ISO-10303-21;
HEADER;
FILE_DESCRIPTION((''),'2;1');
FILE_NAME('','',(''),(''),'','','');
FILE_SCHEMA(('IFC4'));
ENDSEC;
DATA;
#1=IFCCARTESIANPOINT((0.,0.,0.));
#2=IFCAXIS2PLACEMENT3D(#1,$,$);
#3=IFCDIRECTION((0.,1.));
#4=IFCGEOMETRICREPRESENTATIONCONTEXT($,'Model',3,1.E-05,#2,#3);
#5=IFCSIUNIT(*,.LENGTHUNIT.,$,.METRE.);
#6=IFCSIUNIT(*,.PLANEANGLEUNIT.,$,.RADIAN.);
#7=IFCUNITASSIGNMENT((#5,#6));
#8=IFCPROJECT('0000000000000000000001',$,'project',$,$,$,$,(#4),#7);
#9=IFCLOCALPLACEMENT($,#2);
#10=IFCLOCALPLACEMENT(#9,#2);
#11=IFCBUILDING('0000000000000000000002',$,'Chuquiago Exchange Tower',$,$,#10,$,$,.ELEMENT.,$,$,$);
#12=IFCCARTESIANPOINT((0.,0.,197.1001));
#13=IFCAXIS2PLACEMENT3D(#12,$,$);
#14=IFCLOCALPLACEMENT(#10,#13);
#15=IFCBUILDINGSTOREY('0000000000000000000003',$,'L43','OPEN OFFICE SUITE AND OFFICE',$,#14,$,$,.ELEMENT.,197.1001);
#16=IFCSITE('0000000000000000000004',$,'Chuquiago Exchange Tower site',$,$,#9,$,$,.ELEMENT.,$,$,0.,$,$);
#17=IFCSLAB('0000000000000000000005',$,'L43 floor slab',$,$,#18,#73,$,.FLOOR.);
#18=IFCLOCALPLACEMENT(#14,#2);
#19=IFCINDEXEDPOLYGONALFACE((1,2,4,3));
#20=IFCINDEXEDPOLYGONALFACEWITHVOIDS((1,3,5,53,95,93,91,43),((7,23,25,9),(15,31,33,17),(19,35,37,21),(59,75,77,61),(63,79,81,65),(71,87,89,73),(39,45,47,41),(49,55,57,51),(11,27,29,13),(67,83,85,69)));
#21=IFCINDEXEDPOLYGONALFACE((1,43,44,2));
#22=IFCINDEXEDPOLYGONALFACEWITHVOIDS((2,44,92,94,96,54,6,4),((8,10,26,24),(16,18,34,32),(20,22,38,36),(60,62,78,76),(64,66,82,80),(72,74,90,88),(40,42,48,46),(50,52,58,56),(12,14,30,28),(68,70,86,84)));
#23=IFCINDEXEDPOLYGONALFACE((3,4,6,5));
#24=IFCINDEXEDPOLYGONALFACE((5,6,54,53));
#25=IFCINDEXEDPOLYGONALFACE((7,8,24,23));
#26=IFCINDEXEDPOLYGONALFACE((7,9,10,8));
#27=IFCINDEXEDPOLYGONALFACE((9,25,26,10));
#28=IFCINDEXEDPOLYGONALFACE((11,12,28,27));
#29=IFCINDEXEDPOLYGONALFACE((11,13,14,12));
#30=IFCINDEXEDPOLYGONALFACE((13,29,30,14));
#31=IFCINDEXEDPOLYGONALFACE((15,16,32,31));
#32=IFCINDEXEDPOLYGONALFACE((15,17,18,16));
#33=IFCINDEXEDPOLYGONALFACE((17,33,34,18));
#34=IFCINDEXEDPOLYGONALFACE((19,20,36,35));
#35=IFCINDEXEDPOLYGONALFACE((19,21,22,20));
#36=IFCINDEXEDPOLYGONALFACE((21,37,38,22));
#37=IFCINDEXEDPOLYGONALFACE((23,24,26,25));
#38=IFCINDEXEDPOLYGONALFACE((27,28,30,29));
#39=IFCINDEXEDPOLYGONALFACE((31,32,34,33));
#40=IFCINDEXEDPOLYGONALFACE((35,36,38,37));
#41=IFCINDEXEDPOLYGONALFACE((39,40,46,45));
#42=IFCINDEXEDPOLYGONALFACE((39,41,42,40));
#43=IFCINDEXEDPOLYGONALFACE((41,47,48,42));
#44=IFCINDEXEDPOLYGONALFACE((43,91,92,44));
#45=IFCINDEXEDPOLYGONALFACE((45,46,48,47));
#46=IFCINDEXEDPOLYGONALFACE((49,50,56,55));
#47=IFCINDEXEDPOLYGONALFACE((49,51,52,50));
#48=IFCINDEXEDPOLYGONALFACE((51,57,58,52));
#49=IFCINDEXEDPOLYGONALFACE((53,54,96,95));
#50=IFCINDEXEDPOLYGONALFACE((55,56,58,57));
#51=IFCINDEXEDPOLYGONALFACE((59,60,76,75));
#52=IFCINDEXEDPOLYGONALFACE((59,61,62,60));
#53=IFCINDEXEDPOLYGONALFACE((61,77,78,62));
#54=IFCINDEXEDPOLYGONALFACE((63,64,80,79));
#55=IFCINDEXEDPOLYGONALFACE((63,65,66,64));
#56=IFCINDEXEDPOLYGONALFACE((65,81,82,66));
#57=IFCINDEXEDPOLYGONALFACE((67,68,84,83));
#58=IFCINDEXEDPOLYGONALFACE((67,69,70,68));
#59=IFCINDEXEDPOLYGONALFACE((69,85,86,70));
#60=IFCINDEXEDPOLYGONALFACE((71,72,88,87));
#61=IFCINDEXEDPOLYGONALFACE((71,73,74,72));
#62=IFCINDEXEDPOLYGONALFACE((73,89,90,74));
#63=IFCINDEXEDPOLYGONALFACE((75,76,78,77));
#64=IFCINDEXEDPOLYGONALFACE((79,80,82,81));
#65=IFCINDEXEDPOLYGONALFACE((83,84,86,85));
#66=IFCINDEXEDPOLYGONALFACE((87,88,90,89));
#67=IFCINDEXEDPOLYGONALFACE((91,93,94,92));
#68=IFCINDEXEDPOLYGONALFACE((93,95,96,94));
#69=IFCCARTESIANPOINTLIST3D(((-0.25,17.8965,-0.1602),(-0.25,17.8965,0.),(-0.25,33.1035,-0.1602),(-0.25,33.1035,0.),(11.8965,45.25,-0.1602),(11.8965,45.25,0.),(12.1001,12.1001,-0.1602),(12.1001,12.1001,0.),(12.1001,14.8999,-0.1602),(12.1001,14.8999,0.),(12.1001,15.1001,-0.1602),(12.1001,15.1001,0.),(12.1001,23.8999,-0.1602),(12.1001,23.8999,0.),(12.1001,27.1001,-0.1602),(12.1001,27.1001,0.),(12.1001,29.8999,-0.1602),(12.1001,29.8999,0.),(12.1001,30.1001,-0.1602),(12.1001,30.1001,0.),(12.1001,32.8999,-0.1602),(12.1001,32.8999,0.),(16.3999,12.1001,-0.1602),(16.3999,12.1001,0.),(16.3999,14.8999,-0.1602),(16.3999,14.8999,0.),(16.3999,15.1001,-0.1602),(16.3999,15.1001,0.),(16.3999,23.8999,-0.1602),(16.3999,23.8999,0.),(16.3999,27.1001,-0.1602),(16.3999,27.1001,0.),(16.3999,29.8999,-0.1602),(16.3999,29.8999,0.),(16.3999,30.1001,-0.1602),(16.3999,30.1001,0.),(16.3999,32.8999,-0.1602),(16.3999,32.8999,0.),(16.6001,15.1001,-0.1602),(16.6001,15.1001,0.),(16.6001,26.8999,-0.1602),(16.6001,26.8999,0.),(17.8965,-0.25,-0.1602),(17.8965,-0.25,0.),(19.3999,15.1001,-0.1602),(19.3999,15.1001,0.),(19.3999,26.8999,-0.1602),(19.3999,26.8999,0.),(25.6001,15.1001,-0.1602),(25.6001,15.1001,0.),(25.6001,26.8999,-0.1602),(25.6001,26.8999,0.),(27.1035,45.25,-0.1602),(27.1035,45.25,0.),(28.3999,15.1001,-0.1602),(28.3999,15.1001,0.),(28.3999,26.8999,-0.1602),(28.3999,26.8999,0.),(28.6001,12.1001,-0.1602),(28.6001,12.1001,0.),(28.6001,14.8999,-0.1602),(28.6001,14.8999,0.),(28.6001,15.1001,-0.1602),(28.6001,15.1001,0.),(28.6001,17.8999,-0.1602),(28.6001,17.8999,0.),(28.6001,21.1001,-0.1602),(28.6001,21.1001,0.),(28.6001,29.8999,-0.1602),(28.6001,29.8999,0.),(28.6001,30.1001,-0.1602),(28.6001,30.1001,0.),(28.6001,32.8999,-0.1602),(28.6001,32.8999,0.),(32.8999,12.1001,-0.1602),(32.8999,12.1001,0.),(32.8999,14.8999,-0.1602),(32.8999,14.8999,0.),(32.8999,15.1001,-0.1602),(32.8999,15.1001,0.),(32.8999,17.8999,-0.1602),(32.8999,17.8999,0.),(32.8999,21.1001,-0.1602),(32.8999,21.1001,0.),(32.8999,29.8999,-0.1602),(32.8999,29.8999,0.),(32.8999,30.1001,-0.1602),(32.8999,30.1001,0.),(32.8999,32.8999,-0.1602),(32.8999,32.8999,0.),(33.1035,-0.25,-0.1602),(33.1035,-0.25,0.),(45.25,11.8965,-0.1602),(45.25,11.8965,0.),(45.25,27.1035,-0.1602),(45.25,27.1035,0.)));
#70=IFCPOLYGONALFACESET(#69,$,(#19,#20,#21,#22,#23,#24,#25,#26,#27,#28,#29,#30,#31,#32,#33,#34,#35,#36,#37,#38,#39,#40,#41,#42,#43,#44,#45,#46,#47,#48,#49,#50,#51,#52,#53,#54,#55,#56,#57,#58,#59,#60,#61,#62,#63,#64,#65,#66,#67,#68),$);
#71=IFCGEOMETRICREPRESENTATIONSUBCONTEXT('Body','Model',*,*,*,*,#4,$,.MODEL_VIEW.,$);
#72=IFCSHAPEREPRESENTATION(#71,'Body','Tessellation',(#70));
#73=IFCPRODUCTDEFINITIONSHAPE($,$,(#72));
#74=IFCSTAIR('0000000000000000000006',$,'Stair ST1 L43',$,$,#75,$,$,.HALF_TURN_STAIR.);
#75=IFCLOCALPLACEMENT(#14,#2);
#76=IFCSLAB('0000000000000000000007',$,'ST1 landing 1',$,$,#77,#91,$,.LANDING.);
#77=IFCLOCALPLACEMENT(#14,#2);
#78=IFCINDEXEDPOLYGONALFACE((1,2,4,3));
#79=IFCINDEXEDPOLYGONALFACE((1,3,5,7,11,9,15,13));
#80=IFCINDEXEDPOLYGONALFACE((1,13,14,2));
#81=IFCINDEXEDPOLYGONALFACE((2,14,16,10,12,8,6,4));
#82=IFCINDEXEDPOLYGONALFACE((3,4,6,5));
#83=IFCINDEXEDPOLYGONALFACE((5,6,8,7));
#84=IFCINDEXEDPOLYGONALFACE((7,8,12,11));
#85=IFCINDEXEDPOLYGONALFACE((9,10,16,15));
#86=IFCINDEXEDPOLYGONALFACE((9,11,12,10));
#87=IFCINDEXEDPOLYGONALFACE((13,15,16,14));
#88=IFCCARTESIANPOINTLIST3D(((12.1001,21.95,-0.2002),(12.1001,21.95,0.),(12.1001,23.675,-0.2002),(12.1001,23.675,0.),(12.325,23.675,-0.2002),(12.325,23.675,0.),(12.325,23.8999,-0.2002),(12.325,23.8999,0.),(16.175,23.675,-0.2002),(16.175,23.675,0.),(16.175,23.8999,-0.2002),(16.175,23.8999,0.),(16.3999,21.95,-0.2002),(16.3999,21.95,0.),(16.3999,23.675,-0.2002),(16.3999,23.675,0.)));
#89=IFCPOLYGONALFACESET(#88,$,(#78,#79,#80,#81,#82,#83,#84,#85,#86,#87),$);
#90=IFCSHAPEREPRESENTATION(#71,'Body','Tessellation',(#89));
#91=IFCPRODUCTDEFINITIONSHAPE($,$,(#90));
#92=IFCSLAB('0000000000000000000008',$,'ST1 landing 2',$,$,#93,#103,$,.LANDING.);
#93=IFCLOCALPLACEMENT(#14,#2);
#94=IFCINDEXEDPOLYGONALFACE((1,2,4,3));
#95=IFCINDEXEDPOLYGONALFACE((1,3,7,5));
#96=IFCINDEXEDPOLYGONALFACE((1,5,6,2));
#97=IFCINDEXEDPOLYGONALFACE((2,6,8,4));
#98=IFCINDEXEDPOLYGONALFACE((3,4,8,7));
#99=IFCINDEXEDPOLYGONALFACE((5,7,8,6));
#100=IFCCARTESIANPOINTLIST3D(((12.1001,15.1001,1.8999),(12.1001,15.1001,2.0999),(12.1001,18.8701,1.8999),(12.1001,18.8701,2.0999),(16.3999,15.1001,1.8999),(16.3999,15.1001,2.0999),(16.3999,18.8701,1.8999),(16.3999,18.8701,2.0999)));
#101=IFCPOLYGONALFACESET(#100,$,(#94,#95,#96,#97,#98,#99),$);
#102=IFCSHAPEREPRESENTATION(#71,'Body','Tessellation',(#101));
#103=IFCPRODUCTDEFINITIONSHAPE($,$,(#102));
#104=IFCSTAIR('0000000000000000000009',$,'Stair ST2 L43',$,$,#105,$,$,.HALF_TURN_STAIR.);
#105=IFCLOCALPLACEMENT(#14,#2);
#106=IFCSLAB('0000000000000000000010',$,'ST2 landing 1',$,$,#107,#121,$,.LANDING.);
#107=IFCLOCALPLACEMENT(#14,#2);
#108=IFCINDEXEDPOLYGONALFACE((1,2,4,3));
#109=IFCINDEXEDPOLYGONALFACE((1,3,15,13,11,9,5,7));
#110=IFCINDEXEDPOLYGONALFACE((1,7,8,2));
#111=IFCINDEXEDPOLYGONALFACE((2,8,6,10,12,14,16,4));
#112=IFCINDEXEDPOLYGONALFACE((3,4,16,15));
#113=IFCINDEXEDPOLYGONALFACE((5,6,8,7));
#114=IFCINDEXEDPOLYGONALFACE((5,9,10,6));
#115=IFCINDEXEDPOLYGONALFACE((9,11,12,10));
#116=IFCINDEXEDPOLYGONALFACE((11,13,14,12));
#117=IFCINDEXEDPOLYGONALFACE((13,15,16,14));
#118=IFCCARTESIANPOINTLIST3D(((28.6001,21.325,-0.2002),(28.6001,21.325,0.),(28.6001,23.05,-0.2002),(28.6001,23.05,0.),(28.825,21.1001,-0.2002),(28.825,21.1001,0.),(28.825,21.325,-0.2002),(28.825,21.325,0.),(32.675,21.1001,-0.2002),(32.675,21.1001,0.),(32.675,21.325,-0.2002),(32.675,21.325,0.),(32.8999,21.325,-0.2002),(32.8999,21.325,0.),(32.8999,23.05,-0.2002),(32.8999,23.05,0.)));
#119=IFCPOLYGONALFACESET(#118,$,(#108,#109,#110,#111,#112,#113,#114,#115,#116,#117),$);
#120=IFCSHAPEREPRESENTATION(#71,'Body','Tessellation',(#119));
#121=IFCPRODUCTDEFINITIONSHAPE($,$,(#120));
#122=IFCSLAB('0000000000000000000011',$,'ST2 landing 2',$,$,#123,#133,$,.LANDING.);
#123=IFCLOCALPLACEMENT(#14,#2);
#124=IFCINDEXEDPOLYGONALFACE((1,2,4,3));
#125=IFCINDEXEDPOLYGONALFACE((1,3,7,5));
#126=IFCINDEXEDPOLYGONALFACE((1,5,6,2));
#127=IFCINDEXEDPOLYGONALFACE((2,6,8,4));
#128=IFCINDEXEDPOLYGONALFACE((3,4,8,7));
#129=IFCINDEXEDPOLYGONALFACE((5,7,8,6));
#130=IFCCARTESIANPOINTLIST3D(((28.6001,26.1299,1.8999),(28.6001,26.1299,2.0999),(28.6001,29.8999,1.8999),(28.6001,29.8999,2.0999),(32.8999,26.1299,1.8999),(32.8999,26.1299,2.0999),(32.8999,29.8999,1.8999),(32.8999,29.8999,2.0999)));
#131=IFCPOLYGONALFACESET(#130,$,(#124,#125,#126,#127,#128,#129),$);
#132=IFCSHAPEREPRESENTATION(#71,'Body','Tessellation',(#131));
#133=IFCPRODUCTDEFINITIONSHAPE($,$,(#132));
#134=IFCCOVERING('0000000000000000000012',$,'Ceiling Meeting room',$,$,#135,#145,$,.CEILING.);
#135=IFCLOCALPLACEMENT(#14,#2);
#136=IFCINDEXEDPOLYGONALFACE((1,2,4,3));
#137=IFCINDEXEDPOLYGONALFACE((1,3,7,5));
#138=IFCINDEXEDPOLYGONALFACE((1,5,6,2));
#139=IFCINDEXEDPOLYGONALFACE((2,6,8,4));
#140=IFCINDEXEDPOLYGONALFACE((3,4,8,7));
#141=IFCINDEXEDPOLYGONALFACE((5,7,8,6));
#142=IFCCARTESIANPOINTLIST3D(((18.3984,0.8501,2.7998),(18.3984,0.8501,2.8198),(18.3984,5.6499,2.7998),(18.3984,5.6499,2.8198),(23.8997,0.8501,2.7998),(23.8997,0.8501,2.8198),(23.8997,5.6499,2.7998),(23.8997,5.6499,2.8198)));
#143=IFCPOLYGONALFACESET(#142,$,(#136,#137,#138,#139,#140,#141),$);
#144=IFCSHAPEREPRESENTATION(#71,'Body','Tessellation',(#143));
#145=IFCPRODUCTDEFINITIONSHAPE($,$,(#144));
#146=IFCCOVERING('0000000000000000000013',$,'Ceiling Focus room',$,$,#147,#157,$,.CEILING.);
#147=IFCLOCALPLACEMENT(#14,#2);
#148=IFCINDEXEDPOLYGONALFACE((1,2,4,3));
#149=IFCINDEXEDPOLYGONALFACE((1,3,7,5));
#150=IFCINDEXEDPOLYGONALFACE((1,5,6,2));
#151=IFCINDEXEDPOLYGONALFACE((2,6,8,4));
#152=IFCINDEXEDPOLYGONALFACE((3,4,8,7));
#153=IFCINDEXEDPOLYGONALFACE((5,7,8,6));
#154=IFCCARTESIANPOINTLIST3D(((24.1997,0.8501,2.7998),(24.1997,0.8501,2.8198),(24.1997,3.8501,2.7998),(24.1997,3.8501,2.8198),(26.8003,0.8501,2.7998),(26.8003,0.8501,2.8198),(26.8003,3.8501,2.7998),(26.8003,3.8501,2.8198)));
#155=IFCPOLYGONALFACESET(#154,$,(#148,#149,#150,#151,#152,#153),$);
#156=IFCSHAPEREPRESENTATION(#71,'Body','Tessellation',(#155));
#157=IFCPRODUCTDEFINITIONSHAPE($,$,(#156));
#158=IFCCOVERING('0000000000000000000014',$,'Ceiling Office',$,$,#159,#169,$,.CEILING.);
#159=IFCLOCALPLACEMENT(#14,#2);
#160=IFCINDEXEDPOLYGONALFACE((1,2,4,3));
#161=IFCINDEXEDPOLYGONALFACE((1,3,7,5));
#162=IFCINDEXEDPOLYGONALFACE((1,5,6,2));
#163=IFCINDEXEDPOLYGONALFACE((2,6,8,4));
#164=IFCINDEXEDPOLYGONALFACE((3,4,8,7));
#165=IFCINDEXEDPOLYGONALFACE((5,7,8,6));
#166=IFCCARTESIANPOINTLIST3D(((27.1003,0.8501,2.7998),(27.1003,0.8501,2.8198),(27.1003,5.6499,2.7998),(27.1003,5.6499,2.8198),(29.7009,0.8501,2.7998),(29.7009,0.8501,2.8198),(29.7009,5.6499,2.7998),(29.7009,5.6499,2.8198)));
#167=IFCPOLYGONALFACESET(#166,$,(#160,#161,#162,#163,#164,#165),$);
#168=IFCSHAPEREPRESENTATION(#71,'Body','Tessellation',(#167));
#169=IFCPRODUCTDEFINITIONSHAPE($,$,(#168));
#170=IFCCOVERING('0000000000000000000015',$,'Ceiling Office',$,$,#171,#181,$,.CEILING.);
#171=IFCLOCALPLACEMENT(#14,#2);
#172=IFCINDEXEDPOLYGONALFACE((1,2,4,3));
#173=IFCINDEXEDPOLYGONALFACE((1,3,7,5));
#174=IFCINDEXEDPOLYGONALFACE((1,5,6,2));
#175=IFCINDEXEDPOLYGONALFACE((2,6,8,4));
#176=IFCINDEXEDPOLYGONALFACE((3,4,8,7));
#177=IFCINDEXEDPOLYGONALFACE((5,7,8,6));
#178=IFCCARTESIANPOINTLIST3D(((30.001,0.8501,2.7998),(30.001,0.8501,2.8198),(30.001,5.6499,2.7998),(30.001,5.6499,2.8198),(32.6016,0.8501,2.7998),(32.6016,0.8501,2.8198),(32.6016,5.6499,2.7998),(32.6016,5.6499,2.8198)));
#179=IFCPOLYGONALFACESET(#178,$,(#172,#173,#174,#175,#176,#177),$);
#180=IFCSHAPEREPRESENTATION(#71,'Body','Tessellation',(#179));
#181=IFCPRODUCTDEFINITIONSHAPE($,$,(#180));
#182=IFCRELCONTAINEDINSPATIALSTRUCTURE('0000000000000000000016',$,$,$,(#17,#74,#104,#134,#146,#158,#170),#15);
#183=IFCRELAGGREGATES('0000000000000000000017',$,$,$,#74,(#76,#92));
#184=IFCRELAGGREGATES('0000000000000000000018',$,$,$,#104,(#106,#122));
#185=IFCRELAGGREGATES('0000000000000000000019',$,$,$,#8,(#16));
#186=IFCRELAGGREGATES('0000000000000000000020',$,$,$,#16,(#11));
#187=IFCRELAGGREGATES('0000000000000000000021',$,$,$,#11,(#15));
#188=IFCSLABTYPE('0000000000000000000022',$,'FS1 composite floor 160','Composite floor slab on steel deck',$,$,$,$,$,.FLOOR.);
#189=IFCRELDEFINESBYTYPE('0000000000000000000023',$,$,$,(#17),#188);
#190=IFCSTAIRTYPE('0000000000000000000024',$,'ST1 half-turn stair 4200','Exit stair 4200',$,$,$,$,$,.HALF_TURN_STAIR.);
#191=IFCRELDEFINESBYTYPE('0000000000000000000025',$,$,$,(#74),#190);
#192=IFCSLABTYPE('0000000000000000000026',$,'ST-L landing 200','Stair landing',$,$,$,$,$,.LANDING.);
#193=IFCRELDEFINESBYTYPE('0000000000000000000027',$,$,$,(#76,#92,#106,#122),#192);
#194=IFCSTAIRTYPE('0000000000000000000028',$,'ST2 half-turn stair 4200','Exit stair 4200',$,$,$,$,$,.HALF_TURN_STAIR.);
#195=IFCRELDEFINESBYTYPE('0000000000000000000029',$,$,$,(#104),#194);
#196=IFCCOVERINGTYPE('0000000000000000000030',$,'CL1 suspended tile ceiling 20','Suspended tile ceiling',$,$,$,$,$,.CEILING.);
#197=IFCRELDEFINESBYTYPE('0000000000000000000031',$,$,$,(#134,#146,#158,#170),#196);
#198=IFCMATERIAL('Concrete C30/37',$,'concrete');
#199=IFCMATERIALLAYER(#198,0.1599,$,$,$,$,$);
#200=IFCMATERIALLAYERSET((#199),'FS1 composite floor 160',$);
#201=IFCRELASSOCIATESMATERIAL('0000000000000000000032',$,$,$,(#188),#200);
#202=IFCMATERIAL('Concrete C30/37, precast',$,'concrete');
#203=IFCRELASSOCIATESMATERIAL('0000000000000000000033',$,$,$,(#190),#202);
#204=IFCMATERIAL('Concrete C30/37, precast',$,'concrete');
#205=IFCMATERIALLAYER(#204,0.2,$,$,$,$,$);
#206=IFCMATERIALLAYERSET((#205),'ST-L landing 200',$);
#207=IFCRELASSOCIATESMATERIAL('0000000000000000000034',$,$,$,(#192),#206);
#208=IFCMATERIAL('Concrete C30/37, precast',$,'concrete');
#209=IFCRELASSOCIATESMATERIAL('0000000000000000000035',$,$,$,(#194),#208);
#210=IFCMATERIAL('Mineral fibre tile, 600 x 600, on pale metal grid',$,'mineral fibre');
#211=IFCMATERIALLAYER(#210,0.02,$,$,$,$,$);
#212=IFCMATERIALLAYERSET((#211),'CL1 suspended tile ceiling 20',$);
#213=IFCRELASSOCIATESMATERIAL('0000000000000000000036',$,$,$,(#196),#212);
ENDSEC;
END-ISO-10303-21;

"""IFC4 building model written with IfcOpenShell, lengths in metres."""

from ifc_helpers import new_model, si_unit, direction, frame, origin, place, context, subcontext, project, spatial, polyline, outline, extrude, material, layer, layer_set, type_object, element, aggregate, save


model = new_model("IFC4")

# Units and contexts
model_context = context("Model", 3, precision=1e-05, world=origin(), true_north=direction((0.0, 1.0)))
body_context = subcontext(model_context, "Body", "Model", "MODEL_VIEW")
ifc_project = project(units=[si_unit("LENGTHUNIT", "METRE"), si_unit("PLANEANGLEUNIT", "RADIAN")], contexts=[model_context])

# Site, building, storey
site_placement = place(None, origin())
site = spatial("IfcSite", under=ifc_project, at=site_placement, Name="Chuquiago Exchange Tower site", CompositionType="ELEMENT", RefElevation=0.0)
building_placement = place(site_placement, origin())
building = spatial("IfcBuilding", under=site, at=building_placement, Name="Chuquiago Exchange Tower", CompositionType="ELEMENT")
storey_placement = place(building_placement, frame((0.0, 0.0, 197.1001)))
storey = spatial("IfcBuildingStorey", under=building, at=storey_placement, Name="L43", Description="OPEN OFFICE SUITE AND OFFICE", CompositionType="ELEMENT", Elevation=197.1001)

# Slab
ifc_material_1 = material(Name="Concrete C30/37", Category="concrete")
ifc_layer_1 = layer(ifc_material_1, 0.1599)
ifc_layer_set_1 = layer_set([ifc_layer_1], Name="FS1 composite floor 160")
slab_type_1 = type_object("IfcSlabType", Name="FS1 composite floor 160", Description="Composite floor slab on steel deck", PredefinedType="FLOOR", material=ifc_layer_set_1)
slab_1_placement = place(storey_placement, frame((0.0, 0.0, -0.1602)))
element("IfcSlab", 1, at=slab_1_placement, inside=storey, type_object=slab_type_1, Name="L43 floor slab", PredefinedType="FLOOR", context=body_context, shape_type="SweptSolid", body=[
    extrude(outline(polyline([(17.8965, -0.25), (-0.25, 17.8965), (-0.25, 33.1035), (11.8965, 45.25), (27.1035, 45.25), (45.25, 27.1035), (45.25, 11.8965), (33.1035, -0.25), (17.8965, -0.25)]), holes=[polyline([(16.3999, 15.1001), (12.1001, 15.1001), (12.1001, 23.8999), (16.3999, 23.8999), (16.3999, 15.1001)]), polyline([(32.8999, 21.1001), (28.6001, 21.1001), (28.6001, 29.8999), (32.8999, 29.8999), (32.8999, 21.1001)]), polyline([(16.3999, 12.1001), (12.1001, 12.1001), (12.1001, 14.8999), (16.3999, 14.8999), (16.3999, 12.1001)]), polyline([(16.3999, 30.1001), (12.1001, 30.1001), (12.1001, 32.8999), (16.3999, 32.8999), (16.3999, 30.1001)]), polyline([(32.8999, 12.1001), (28.6001, 12.1001), (28.6001, 14.8999), (32.8999, 14.8999), (32.8999, 12.1001)]), polyline([(32.8999, 30.1001), (28.6001, 30.1001), (28.6001, 32.8999), (32.8999, 32.8999), (32.8999, 30.1001)]), polyline([(16.3999, 27.1001), (12.1001, 27.1001), (12.1001, 29.8999), (16.3999, 29.8999), (16.3999, 27.1001)]), polyline([(32.8999, 15.1001), (28.6001, 15.1001), (28.6001, 17.8999), (32.8999, 17.8999), (32.8999, 15.1001)]), polyline([(19.3999, 15.1001), (16.6001, 15.1001), (16.6001, 26.8999), (19.3999, 26.8999), (19.3999, 15.1001)]), polyline([(28.3999, 15.1001), (25.6001, 15.1001), (25.6001, 26.8999), (28.3999, 26.8999), (28.3999, 15.1001)])]), origin(), (0.0, 0.0, 1.0), 0.1602),
])

# Stairs, slabs
ifc_material_2 = material(Name="Concrete C30/37, precast", Category="concrete")
stair_type_1 = type_object("IfcStairType", Name="ST1 half-turn stair 4200", Description="Exit stair 4200", PredefinedType="HALF_TURN_STAIR", material=ifc_material_2)
stair_1_placement = place(storey_placement, origin())
stair_1 = element("IfcStair", 2, at=stair_1_placement, inside=storey, type_object=stair_type_1, Name="Stair ST1 L43", PredefinedType="HALF_TURN_STAIR")
ifc_material_3 = material(Name="Concrete C30/37, precast", Category="concrete")
ifc_layer_2 = layer(ifc_material_3, 0.2)
ifc_layer_set_2 = layer_set([ifc_layer_2], Name="ST-L landing 200")
slab_type_2 = type_object("IfcSlabType", Name="ST-L landing 200", Description="Stair landing", PredefinedType="LANDING", material=ifc_layer_set_2)
slab_2_placement = place(storey_placement, frame((0.0, 0.0, -0.2002)))
slab_2 = element("IfcSlab", 3, at=slab_2_placement, type_object=slab_type_2, Name="ST1 landing 1", PredefinedType="LANDING", context=body_context, shape_type="SweptSolid", body=[
    extrude(outline(polyline([(12.325, 23.8999), (16.175, 23.8999), (16.175, 23.675), (16.3999, 23.675), (16.3999, 21.95), (12.1001, 21.95), (12.1001, 23.675), (12.325, 23.675), (12.325, 23.8999)])), origin(), (0.0, 0.0, 1.0), 0.2002),
])
slab_3_placement = place(storey_placement, frame((0.0, 0.0, 1.8999)))
slab_3 = element("IfcSlab", 4, at=slab_3_placement, type_object=slab_type_2, Name="ST1 landing 2", PredefinedType="LANDING", context=body_context, shape_type="SweptSolid", body=[
    extrude(outline(polyline([(12.1001, 18.8701), (16.3999, 18.8701), (16.3999, 15.1001), (12.1001, 15.1001), (12.1001, 18.8701)])), origin(), (0.0, 0.0, 1.0), 0.2),
])
aggregate(stair_1, [slab_2, slab_3])
ifc_material_4 = material(Name="Concrete C30/37, precast", Category="concrete")
stair_type_2 = type_object("IfcStairType", Name="ST2 half-turn stair 4200", Description="Exit stair 4200", PredefinedType="HALF_TURN_STAIR", material=ifc_material_4)
stair_2_placement = place(storey_placement, origin())
stair_2 = element("IfcStair", 5, at=stair_2_placement, inside=storey, type_object=stair_type_2, Name="Stair ST2 L43", PredefinedType="HALF_TURN_STAIR")
slab_4_placement = place(storey_placement, frame((0.0, 0.0, -0.2002)))
slab_4 = element("IfcSlab", 6, at=slab_4_placement, type_object=slab_type_2, Name="ST2 landing 1", PredefinedType="LANDING", context=body_context, shape_type="SweptSolid", body=[
    extrude(outline(polyline([(32.675, 21.325), (32.675, 21.1001), (28.825, 21.1001), (28.825, 21.325), (28.6001, 21.325), (28.6001, 23.05), (32.8999, 23.05), (32.8999, 21.325), (32.675, 21.325)])), origin(), (0.0, 0.0, 1.0), 0.2002),
])
slab_5_placement = place(storey_placement, frame((0.0, 0.0, 1.8999)))
slab_5 = element("IfcSlab", 7, at=slab_5_placement, type_object=slab_type_2, Name="ST2 landing 2", PredefinedType="LANDING", context=body_context, shape_type="SweptSolid", body=[
    extrude(outline(polyline([(28.6001, 29.8999), (32.8999, 29.8999), (32.8999, 26.1299), (28.6001, 26.1299), (28.6001, 29.8999)])), origin(), (0.0, 0.0, 1.0), 0.2),
])
aggregate(stair_2, [slab_4, slab_5])

# Coverings
ifc_material_5 = material(Name="Mineral fibre tile, 600 x 600, on pale metal grid", Category="mineral fibre")
ifc_layer_3 = layer(ifc_material_5, 0.02)
ifc_layer_set_3 = layer_set([ifc_layer_3], Name="CL1 suspended tile ceiling 20")
covering_type_1 = type_object("IfcCoveringType", Name="CL1 suspended tile ceiling 20", Description="Suspended tile ceiling", PredefinedType="CEILING", material=ifc_layer_set_3)
covering_1_placement = place(storey_placement, frame((0.0, 0.0, 2.7998)))
element("IfcCovering", 8, at=covering_1_placement, inside=storey, type_object=covering_type_1, Name="Ceiling Meeting room", PredefinedType="CEILING", context=body_context, shape_type="SweptSolid", body=[
    extrude(outline(polyline([(18.3984, 5.6499), (23.8997, 5.6499), (23.8997, 0.8501), (18.3984, 0.8501), (18.3984, 5.6499)])), origin(), (0.0, 0.0, 1.0), 0.02),
])
covering_2_placement = place(storey_placement, frame((0.0, 0.0, 2.7998)))
element("IfcCovering", 9, at=covering_2_placement, inside=storey, type_object=covering_type_1, Name="Ceiling Focus room", PredefinedType="CEILING", context=body_context, shape_type="SweptSolid", body=[
    extrude(outline(polyline([(24.1997, 3.8501), (26.8003, 3.8501), (26.8003, 0.8501), (24.1997, 0.8501), (24.1997, 3.8501)])), origin(), (0.0, 0.0, 1.0), 0.02),
])
covering_3_placement = place(storey_placement, frame((0.0, 0.0, 2.7998)))
element("IfcCovering", 10, at=covering_3_placement, inside=storey, type_object=covering_type_1, Name="Ceiling Office", PredefinedType="CEILING", context=body_context, shape_type="SweptSolid", body=[
    extrude(outline(polyline([(27.1003, 5.6499), (29.7009, 5.6499), (29.7009, 0.8501), (27.1003, 0.8501), (27.1003, 5.6499)])), origin(), (0.0, 0.0, 1.0), 0.02),
])
covering_4_placement = place(storey_placement, frame((0.0, 0.0, 2.7998)))
element("IfcCovering", 11, at=covering_4_placement, inside=storey, type_object=covering_type_1, Name="Ceiling Office", PredefinedType="CEILING", context=body_context, shape_type="SweptSolid", body=[
    extrude(outline(polyline([(30.001, 0.8501), (30.001, 5.6499), (32.6016, 5.6499), (32.6016, 0.8501), (30.001, 0.8501)])), origin(), (0.0, 0.0, 1.0), 0.02),
])

save(model, "model.ifc")
